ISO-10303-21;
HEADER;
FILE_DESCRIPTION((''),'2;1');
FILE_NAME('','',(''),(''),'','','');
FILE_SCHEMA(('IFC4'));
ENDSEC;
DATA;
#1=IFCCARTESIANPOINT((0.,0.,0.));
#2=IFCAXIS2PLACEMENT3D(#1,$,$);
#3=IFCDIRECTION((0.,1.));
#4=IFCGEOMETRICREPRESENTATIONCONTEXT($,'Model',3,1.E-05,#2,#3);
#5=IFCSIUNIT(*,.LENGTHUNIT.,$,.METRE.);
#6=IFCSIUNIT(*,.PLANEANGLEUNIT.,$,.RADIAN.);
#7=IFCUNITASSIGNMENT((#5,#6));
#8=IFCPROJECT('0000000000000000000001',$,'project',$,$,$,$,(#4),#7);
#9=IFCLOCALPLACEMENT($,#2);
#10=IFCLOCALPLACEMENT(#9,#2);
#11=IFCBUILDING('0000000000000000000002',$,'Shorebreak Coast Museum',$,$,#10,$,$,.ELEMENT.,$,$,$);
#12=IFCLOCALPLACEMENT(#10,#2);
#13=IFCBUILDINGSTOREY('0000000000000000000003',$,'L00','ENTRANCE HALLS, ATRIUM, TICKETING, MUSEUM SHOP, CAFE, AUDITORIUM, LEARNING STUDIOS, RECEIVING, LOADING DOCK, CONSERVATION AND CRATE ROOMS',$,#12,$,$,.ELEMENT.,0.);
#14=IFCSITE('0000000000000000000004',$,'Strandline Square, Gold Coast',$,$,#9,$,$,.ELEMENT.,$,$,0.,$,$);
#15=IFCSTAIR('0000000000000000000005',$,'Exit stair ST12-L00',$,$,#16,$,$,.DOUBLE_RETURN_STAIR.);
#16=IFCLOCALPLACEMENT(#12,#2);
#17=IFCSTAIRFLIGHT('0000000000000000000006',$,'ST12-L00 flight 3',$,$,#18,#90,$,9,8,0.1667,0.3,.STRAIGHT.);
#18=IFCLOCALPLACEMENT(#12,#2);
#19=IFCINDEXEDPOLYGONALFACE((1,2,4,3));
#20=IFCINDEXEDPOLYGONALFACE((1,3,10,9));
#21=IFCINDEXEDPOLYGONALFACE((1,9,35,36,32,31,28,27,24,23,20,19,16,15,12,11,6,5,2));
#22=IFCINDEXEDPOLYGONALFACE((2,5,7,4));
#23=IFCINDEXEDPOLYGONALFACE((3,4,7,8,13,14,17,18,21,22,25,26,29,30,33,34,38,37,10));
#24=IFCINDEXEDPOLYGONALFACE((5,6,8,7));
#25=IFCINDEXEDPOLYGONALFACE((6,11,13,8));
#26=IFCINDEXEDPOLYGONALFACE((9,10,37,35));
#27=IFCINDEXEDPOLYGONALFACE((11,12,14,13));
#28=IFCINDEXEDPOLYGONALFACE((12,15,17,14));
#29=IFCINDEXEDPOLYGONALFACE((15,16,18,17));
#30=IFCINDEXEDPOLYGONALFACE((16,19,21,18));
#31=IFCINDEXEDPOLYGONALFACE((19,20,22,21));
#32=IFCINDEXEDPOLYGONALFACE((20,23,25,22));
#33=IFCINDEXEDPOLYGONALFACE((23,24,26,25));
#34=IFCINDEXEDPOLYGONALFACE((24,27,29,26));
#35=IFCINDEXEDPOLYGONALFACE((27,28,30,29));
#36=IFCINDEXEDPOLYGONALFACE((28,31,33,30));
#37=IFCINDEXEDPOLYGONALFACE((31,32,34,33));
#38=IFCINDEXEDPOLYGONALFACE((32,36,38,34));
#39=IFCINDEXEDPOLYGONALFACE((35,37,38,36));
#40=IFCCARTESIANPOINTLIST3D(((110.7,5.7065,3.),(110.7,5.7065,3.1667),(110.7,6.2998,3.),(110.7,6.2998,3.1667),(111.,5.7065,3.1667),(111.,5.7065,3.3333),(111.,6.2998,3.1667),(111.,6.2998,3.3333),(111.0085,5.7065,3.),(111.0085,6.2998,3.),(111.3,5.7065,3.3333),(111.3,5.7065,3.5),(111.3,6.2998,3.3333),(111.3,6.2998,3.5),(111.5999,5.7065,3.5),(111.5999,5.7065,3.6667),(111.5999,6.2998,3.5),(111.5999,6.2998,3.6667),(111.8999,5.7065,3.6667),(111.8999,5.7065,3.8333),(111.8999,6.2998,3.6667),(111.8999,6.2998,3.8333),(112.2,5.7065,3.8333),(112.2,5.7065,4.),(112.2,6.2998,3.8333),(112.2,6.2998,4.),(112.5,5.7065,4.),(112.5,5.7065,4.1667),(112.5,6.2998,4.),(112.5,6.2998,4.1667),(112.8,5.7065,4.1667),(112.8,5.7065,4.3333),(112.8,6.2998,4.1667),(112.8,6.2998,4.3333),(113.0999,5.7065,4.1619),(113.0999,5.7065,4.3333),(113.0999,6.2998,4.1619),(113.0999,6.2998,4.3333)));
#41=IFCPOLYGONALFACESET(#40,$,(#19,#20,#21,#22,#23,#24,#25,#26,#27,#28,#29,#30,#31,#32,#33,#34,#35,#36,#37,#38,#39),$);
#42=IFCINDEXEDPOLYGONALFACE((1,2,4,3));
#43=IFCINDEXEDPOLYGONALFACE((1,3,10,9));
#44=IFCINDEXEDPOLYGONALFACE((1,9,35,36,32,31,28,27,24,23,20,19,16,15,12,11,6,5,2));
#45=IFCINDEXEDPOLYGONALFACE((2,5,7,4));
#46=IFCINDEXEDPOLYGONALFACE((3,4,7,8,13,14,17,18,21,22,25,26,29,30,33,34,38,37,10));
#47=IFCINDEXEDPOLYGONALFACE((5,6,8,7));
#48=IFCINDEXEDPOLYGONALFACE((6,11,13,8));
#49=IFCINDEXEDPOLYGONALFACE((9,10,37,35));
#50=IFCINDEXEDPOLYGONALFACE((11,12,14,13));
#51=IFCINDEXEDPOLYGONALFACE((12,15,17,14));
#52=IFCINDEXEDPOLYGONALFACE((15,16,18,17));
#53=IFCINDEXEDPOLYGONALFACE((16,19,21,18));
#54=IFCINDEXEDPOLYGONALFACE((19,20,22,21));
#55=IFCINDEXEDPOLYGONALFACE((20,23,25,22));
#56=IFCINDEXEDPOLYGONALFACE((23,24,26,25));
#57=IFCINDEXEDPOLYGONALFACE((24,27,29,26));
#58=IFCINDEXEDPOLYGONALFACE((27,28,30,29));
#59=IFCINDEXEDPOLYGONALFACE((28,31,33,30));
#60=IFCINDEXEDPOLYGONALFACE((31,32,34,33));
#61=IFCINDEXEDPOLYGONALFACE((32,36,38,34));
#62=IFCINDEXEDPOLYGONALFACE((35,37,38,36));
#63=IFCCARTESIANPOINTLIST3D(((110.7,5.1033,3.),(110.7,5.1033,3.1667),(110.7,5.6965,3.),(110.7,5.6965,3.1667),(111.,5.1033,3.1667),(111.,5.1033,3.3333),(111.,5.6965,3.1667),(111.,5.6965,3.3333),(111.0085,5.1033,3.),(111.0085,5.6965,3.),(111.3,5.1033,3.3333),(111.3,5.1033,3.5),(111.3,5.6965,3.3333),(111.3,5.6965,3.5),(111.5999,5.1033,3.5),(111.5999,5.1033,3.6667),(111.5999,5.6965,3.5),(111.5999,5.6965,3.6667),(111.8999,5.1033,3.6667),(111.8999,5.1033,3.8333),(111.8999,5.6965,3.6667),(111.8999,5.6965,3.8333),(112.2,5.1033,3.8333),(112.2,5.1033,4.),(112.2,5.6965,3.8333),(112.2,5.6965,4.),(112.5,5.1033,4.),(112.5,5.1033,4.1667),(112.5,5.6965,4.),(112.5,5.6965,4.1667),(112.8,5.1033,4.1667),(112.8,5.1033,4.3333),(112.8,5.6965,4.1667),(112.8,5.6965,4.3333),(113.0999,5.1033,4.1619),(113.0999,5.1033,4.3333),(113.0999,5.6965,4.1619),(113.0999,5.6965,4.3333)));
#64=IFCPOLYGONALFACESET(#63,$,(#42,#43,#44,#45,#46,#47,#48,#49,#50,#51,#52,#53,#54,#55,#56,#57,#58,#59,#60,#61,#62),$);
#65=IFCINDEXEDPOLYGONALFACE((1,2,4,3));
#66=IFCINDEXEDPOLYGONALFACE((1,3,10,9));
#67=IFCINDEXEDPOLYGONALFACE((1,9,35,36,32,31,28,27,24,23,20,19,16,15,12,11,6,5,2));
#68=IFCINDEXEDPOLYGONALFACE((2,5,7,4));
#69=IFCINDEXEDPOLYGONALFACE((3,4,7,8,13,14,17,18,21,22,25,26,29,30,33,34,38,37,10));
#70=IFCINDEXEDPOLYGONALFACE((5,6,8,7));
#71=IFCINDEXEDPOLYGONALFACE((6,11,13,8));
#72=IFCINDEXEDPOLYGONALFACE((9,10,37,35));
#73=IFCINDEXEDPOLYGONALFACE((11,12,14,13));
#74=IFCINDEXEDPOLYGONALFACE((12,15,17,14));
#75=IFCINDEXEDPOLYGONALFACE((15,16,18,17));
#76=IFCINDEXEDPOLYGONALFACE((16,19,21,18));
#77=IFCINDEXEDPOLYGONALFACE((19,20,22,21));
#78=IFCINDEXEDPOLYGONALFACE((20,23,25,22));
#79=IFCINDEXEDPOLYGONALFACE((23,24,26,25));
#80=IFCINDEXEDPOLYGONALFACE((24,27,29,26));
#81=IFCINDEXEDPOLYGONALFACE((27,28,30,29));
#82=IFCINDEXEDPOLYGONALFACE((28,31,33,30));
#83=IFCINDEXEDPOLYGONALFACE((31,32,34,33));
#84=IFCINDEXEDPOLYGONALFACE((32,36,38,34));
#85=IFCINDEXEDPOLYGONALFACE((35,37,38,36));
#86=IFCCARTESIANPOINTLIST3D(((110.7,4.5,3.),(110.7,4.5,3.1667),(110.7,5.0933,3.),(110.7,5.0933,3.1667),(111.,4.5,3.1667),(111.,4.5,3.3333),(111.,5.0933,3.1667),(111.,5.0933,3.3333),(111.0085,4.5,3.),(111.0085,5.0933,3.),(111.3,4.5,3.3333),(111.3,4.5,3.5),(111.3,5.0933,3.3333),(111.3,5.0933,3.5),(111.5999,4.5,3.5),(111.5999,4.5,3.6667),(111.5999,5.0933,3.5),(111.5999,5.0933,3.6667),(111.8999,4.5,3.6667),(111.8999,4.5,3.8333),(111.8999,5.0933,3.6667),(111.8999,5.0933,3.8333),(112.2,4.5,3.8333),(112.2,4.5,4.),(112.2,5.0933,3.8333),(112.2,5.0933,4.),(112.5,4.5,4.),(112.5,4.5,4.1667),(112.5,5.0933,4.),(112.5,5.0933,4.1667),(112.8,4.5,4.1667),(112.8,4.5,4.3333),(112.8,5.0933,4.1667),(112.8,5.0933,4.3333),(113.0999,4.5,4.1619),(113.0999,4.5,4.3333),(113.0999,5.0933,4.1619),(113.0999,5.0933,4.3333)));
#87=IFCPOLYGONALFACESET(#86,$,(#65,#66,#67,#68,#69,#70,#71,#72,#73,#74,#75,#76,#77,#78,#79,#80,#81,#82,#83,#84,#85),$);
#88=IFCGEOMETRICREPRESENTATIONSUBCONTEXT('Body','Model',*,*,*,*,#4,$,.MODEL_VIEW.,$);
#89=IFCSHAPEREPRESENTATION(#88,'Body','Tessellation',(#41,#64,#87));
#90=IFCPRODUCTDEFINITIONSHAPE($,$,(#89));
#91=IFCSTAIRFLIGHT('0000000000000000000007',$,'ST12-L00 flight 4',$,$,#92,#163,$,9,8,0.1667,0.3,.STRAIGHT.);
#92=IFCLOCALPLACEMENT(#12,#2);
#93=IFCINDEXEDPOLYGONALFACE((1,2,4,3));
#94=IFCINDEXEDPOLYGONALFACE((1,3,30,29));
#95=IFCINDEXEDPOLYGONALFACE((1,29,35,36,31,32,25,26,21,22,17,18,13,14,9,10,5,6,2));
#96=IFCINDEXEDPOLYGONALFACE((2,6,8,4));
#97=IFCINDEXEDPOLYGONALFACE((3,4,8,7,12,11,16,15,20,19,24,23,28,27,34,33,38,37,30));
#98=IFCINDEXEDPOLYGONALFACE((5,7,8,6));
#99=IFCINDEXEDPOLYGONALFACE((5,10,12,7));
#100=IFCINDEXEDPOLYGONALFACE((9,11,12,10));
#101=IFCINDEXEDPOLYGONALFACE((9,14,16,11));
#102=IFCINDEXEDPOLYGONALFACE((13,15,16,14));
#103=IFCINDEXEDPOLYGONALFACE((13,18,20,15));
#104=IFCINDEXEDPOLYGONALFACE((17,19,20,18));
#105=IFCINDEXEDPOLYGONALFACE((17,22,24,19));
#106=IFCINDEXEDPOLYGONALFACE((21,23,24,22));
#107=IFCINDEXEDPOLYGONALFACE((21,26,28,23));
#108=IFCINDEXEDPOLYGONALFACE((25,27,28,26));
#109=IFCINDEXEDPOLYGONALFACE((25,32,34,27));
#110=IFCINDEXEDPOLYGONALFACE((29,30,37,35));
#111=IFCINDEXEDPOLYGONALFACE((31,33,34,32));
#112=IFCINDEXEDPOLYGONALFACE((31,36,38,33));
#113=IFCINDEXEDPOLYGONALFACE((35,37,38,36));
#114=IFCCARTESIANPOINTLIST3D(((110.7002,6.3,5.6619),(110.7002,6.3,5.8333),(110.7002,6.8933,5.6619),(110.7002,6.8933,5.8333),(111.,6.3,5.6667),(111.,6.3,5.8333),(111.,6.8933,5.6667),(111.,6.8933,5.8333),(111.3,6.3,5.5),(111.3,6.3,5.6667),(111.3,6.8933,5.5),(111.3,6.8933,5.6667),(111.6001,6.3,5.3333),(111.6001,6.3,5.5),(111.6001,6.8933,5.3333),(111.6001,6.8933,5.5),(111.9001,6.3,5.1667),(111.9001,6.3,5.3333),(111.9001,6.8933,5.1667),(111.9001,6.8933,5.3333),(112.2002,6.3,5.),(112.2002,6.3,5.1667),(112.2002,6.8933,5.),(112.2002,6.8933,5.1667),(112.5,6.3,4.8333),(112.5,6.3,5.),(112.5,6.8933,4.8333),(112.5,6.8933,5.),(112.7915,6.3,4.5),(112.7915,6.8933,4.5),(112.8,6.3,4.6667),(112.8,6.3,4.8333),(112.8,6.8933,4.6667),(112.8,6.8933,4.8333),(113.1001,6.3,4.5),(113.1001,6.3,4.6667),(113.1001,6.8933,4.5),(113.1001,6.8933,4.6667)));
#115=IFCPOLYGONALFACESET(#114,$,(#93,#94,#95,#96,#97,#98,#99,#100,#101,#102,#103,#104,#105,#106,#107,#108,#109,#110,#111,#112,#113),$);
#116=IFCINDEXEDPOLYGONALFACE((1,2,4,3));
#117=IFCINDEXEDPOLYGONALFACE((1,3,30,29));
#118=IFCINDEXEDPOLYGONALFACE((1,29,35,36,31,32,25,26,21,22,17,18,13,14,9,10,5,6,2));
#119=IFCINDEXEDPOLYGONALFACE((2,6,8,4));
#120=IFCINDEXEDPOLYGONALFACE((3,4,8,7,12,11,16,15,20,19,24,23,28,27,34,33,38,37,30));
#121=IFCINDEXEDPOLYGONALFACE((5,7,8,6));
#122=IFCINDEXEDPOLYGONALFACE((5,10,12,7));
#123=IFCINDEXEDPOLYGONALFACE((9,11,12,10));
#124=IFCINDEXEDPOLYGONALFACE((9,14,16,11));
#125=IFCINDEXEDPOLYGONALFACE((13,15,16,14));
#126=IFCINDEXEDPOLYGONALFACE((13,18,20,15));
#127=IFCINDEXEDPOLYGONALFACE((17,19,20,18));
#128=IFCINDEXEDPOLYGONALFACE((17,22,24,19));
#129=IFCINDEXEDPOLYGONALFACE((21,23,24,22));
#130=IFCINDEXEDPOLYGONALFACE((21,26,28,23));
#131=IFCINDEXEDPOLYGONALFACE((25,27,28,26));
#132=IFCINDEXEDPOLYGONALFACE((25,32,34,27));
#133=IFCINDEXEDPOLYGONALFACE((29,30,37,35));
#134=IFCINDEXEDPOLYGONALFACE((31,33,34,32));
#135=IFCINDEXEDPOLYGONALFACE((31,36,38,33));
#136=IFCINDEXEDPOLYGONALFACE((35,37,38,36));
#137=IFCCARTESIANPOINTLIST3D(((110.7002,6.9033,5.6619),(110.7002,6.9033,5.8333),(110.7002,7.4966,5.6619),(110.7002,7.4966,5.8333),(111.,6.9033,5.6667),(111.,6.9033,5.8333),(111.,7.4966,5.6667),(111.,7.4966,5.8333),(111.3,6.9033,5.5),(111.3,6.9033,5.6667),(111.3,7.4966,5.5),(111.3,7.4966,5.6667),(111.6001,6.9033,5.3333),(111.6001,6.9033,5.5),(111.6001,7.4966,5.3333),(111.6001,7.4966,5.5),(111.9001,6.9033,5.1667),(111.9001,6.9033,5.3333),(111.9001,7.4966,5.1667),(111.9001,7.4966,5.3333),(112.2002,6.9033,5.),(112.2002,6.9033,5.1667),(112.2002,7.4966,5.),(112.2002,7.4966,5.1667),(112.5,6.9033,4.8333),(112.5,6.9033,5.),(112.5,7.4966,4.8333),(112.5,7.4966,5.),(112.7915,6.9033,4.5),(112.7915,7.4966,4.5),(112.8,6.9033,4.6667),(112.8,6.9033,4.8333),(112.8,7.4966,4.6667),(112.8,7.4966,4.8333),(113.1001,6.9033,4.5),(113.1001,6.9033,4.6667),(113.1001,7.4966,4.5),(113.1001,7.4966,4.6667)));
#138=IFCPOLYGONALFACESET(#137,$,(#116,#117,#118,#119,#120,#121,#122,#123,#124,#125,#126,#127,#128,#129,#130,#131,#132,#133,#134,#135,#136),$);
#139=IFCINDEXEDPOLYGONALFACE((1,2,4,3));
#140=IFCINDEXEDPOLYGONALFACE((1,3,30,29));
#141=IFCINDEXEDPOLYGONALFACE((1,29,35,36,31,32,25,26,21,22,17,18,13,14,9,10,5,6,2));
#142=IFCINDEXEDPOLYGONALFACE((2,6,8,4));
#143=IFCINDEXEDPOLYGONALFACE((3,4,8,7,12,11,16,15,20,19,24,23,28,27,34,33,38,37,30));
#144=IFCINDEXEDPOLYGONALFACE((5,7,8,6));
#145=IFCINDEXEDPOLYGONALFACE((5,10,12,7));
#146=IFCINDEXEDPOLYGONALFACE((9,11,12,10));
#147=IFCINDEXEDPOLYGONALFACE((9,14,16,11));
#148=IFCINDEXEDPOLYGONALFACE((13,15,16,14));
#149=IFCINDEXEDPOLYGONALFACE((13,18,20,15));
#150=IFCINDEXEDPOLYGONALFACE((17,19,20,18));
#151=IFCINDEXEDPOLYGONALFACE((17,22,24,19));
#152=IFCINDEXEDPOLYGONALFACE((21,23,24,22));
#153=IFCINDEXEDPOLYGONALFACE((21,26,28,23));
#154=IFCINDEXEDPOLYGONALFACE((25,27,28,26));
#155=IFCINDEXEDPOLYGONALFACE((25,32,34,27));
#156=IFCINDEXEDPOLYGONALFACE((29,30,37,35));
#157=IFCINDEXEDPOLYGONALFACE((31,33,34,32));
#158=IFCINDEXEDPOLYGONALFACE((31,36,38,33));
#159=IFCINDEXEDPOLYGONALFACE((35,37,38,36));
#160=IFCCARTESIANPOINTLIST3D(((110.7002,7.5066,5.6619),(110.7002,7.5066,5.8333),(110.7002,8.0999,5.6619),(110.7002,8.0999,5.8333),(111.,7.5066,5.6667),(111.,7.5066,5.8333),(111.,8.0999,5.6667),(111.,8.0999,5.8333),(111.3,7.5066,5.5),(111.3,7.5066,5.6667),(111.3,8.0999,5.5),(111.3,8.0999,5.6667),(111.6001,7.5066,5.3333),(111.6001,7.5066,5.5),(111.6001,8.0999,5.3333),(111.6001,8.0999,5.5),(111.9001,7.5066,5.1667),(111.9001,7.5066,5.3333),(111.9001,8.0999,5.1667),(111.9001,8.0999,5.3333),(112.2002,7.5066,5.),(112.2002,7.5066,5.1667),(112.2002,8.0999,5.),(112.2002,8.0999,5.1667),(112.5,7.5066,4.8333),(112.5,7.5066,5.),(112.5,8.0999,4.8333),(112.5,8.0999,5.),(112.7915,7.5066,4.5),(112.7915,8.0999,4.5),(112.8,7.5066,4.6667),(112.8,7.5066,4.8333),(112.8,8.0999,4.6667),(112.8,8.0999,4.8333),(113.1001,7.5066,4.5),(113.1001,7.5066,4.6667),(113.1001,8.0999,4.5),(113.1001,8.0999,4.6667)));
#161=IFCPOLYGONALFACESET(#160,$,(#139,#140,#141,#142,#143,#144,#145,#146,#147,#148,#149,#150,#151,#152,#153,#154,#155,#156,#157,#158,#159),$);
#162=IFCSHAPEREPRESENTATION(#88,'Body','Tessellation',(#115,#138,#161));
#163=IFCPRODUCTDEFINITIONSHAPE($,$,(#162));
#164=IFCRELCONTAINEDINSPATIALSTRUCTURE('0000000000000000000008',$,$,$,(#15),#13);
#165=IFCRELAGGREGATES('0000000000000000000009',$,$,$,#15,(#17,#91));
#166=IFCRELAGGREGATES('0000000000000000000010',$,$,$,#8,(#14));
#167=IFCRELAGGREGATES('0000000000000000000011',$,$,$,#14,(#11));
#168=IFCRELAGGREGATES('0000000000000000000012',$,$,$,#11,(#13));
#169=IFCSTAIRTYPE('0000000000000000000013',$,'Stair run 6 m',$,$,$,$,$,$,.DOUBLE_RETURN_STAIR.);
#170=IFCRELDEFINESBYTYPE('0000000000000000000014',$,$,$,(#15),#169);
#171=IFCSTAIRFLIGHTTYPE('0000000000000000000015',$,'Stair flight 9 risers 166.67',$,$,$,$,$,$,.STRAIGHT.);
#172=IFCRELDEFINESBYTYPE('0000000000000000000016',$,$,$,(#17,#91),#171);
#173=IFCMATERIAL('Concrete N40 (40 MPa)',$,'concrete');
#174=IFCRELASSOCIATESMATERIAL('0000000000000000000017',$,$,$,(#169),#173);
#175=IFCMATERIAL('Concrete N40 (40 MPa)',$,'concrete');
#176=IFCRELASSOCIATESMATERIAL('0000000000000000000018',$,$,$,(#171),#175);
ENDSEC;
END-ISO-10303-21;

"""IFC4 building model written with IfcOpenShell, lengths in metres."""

from ifc_helpers import new_model, si_unit, direction, frame, origin, place, context, subcontext, project, spatial, polyline, outline, extrude, material, type_object, element, aggregate, save


model = new_model("IFC4")

# Units and contexts
model_context = context("Model", 3, precision=1e-05, world=origin(), true_north=direction((0.0, 1.0)))
body_context = subcontext(model_context, "Body", "Model", "MODEL_VIEW")
ifc_project = project(units=[si_unit("LENGTHUNIT", "METRE"), si_unit("PLANEANGLEUNIT", "RADIAN")], contexts=[model_context])

# Site, building, storey
site_placement = place(None, origin())
site = spatial("IfcSite", under=ifc_project, at=site_placement, Name="Strandline Square, Gold Coast", CompositionType="ELEMENT", RefElevation=0.0)
building_placement = place(site_placement, origin())
building = spatial("IfcBuilding", under=site, at=building_placement, Name="Shorebreak Coast Museum", CompositionType="ELEMENT")
storey_placement = place(building_placement, origin())
storey = spatial("IfcBuildingStorey", under=building, at=storey_placement, Name="L00", Description="ENTRANCE HALLS, ATRIUM, TICKETING, MUSEUM SHOP, CAFE, AUDITORIUM, LEARNING STUDIOS, RECEIVING, LOADING DOCK, CONSERVATION AND CRATE ROOMS", CompositionType="ELEMENT", Elevation=0.0)

# Stair, stair flights
ifc_material_1 = material(Name="Concrete N40 (40 MPa)", Category="concrete")
stair_type = type_object("IfcStairType", Name="Stair run 6 m", PredefinedType="DOUBLE_RETURN_STAIR", material=ifc_material_1)
stair_placement = place(storey_placement, origin())
stair = element("IfcStair", 1, at=stair_placement, inside=storey, type_object=stair_type, Name="Exit stair ST12-L00", PredefinedType="DOUBLE_RETURN_STAIR")
ifc_material_2 = material(Name="Concrete N40 (40 MPa)", Category="concrete")
stair_flight_type = type_object("IfcStairFlightType", Name="Stair flight 9 risers 166.67", PredefinedType="STRAIGHT", material=ifc_material_2)
stair_flight_1_placement = place(storey_placement, frame((110.7, 5.3999, 3.0), z_axis=(0.0, 0.0, 1.0), x_axis=(1.0, 0.0, 0.0)))
stair_flight_1 = element("IfcStairFlight", 2, at=stair_flight_1_placement, type_object=stair_flight_type, Name="ST12-L00 flight 3", NumberOfRisers=9, NumberOfTreads=8, PredefinedType="STRAIGHT", RiserHeight=0.1667, TreadLength=0.3, context=body_context, shape_type="SweptSolid", body=[
    extrude(outline(polyline([(0.0, 0.0), (0.0, 0.1667), (0.3, 0.1667), (0.3, 0.3333), (0.6001, 0.3333), (0.6001, 0.5), (0.8999, 0.5), (0.8999, 0.6667), (1.2, 0.6667), (1.2, 0.8333), (1.5, 0.8333), (1.5, 1.0), (1.8, 1.0), (1.8, 1.1667), (2.1001, 1.1667), (2.1001, 1.3333), (2.3999, 1.3333), (2.3999, 1.5), (2.3999, 1.1619), (0.3086, 0.0), (0.0, 0.0)])), frame((0.0, 0.8999, 0.0), z_axis=(0.0, -1.0, 0.0), x_axis=(1.0, 0.0, 0.0)), (0.0, 0.0, 1.0), 0.5933),
    extrude(outline(polyline([(0.0, 0.0), (0.0, 0.1667), (0.3, 0.1667), (0.3, 0.3333), (0.6001, 0.3333), (0.6001, 0.5), (0.8999, 0.5), (0.8999, 0.6667), (1.2, 0.6667), (1.2, 0.8333), (1.5, 0.8333), (1.5, 1.0), (1.8, 1.0), (1.8, 1.1667), (2.1001, 1.1667), (2.1001, 1.3333), (2.3999, 1.3333), (2.3999, 1.5), (2.3999, 1.1619), (0.3086, 0.0), (0.0, 0.0)])), frame((0.0, 0.2966, 0.0), z_axis=(0.0, -1.0, 0.0), x_axis=(1.0, 0.0, 0.0)), (0.0, 0.0, 1.0), 0.5933),
    extrude(outline(polyline([(0.0, 0.0), (0.0, 0.1667), (0.3, 0.1667), (0.3, 0.3333), (0.6001, 0.3333), (0.6001, 0.5), (0.8999, 0.5), (0.8999, 0.6667), (1.2, 0.6667), (1.2, 0.8333), (1.5, 0.8333), (1.5, 1.0), (1.8, 1.0), (1.8, 1.1667), (2.1001, 1.1667), (2.1001, 1.3333), (2.3999, 1.3333), (2.3999, 1.5), (2.3999, 1.1619), (0.3086, 0.0), (0.0, 0.0)])), frame((0.0, -0.3066, 0.0), z_axis=(0.0, -1.0, 0.0), x_axis=(1.0, 0.0, 0.0)), (0.0, 0.0, 1.0), 0.5933),
])
stair_flight_2_placement = place(storey_placement, frame((113.1001, 7.2, 4.5), z_axis=(0.0, 0.0, 1.0), x_axis=(-1.0, 0.0, 0.0)))
stair_flight_2 = element("IfcStairFlight", 3, at=stair_flight_2_placement, type_object=stair_flight_type, Name="ST12-L00 flight 4", NumberOfRisers=9, NumberOfTreads=8, PredefinedType="STRAIGHT", RiserHeight=0.1667, TreadLength=0.3, context=body_context, shape_type="SweptSolid", body=[
    extrude(outline(polyline([(0.0, 0.0), (0.0, 0.1667), (0.3, 0.1667), (0.3, 0.3333), (0.6001, 0.3333), (0.6001, 0.5), (0.8999, 0.5), (0.8999, 0.6667), (1.2, 0.6667), (1.2, 0.8333), (1.5, 0.8333), (1.5, 1.0), (1.8, 1.0), (1.8, 1.1667), (2.1001, 1.1667), (2.1001, 1.3333), (2.3999, 1.3333), (2.3999, 1.5), (2.3999, 1.1619), (0.3086, 0.0), (0.0, 0.0)])), frame((0.0, 0.8999, 0.0), z_axis=(0.0, -1.0, 0.0), x_axis=(1.0, 0.0, 0.0)), (0.0, 0.0, 1.0), 0.5933),
    extrude(outline(polyline([(0.0, 0.0), (0.0, 0.1667), (0.3, 0.1667), (0.3, 0.3333), (0.6001, 0.3333), (0.6001, 0.5), (0.8999, 0.5), (0.8999, 0.6667), (1.2, 0.6667), (1.2, 0.8333), (1.5, 0.8333), (1.5, 1.0), (1.8, 1.0), (1.8, 1.1667), (2.1001, 1.1667), (2.1001, 1.3333), (2.3999, 1.3333), (2.3999, 1.5), (2.3999, 1.1619), (0.3086, 0.0), (0.0, 0.0)])), frame((0.0, 0.2966, 0.0), z_axis=(0.0, -1.0, 0.0), x_axis=(1.0, 0.0, 0.0)), (0.0, 0.0, 1.0), 0.5933),
    extrude(outline(polyline([(0.0, 0.0), (0.0, 0.1667), (0.3, 0.1667), (0.3, 0.3333), (0.6001, 0.3333), (0.6001, 0.5), (0.8999, 0.5), (0.8999, 0.6667), (1.2, 0.6667), (1.2, 0.8333), (1.5, 0.8333), (1.5, 1.0), (1.8, 1.0), (1.8, 1.1667), (2.1001, 1.1667), (2.1001, 1.3333), (2.3999, 1.3333), (2.3999, 1.5), (2.3999, 1.1619), (0.3086, 0.0), (0.0, 0.0)])), frame((0.0, -0.3066, 0.0), z_axis=(0.0, -1.0, 0.0), x_axis=(1.0, 0.0, 0.0)), (0.0, 0.0, 1.0), 0.5933),
])
aggregate(stair, [stair_flight_1, stair_flight_2])

save(model, "model.ifc")
